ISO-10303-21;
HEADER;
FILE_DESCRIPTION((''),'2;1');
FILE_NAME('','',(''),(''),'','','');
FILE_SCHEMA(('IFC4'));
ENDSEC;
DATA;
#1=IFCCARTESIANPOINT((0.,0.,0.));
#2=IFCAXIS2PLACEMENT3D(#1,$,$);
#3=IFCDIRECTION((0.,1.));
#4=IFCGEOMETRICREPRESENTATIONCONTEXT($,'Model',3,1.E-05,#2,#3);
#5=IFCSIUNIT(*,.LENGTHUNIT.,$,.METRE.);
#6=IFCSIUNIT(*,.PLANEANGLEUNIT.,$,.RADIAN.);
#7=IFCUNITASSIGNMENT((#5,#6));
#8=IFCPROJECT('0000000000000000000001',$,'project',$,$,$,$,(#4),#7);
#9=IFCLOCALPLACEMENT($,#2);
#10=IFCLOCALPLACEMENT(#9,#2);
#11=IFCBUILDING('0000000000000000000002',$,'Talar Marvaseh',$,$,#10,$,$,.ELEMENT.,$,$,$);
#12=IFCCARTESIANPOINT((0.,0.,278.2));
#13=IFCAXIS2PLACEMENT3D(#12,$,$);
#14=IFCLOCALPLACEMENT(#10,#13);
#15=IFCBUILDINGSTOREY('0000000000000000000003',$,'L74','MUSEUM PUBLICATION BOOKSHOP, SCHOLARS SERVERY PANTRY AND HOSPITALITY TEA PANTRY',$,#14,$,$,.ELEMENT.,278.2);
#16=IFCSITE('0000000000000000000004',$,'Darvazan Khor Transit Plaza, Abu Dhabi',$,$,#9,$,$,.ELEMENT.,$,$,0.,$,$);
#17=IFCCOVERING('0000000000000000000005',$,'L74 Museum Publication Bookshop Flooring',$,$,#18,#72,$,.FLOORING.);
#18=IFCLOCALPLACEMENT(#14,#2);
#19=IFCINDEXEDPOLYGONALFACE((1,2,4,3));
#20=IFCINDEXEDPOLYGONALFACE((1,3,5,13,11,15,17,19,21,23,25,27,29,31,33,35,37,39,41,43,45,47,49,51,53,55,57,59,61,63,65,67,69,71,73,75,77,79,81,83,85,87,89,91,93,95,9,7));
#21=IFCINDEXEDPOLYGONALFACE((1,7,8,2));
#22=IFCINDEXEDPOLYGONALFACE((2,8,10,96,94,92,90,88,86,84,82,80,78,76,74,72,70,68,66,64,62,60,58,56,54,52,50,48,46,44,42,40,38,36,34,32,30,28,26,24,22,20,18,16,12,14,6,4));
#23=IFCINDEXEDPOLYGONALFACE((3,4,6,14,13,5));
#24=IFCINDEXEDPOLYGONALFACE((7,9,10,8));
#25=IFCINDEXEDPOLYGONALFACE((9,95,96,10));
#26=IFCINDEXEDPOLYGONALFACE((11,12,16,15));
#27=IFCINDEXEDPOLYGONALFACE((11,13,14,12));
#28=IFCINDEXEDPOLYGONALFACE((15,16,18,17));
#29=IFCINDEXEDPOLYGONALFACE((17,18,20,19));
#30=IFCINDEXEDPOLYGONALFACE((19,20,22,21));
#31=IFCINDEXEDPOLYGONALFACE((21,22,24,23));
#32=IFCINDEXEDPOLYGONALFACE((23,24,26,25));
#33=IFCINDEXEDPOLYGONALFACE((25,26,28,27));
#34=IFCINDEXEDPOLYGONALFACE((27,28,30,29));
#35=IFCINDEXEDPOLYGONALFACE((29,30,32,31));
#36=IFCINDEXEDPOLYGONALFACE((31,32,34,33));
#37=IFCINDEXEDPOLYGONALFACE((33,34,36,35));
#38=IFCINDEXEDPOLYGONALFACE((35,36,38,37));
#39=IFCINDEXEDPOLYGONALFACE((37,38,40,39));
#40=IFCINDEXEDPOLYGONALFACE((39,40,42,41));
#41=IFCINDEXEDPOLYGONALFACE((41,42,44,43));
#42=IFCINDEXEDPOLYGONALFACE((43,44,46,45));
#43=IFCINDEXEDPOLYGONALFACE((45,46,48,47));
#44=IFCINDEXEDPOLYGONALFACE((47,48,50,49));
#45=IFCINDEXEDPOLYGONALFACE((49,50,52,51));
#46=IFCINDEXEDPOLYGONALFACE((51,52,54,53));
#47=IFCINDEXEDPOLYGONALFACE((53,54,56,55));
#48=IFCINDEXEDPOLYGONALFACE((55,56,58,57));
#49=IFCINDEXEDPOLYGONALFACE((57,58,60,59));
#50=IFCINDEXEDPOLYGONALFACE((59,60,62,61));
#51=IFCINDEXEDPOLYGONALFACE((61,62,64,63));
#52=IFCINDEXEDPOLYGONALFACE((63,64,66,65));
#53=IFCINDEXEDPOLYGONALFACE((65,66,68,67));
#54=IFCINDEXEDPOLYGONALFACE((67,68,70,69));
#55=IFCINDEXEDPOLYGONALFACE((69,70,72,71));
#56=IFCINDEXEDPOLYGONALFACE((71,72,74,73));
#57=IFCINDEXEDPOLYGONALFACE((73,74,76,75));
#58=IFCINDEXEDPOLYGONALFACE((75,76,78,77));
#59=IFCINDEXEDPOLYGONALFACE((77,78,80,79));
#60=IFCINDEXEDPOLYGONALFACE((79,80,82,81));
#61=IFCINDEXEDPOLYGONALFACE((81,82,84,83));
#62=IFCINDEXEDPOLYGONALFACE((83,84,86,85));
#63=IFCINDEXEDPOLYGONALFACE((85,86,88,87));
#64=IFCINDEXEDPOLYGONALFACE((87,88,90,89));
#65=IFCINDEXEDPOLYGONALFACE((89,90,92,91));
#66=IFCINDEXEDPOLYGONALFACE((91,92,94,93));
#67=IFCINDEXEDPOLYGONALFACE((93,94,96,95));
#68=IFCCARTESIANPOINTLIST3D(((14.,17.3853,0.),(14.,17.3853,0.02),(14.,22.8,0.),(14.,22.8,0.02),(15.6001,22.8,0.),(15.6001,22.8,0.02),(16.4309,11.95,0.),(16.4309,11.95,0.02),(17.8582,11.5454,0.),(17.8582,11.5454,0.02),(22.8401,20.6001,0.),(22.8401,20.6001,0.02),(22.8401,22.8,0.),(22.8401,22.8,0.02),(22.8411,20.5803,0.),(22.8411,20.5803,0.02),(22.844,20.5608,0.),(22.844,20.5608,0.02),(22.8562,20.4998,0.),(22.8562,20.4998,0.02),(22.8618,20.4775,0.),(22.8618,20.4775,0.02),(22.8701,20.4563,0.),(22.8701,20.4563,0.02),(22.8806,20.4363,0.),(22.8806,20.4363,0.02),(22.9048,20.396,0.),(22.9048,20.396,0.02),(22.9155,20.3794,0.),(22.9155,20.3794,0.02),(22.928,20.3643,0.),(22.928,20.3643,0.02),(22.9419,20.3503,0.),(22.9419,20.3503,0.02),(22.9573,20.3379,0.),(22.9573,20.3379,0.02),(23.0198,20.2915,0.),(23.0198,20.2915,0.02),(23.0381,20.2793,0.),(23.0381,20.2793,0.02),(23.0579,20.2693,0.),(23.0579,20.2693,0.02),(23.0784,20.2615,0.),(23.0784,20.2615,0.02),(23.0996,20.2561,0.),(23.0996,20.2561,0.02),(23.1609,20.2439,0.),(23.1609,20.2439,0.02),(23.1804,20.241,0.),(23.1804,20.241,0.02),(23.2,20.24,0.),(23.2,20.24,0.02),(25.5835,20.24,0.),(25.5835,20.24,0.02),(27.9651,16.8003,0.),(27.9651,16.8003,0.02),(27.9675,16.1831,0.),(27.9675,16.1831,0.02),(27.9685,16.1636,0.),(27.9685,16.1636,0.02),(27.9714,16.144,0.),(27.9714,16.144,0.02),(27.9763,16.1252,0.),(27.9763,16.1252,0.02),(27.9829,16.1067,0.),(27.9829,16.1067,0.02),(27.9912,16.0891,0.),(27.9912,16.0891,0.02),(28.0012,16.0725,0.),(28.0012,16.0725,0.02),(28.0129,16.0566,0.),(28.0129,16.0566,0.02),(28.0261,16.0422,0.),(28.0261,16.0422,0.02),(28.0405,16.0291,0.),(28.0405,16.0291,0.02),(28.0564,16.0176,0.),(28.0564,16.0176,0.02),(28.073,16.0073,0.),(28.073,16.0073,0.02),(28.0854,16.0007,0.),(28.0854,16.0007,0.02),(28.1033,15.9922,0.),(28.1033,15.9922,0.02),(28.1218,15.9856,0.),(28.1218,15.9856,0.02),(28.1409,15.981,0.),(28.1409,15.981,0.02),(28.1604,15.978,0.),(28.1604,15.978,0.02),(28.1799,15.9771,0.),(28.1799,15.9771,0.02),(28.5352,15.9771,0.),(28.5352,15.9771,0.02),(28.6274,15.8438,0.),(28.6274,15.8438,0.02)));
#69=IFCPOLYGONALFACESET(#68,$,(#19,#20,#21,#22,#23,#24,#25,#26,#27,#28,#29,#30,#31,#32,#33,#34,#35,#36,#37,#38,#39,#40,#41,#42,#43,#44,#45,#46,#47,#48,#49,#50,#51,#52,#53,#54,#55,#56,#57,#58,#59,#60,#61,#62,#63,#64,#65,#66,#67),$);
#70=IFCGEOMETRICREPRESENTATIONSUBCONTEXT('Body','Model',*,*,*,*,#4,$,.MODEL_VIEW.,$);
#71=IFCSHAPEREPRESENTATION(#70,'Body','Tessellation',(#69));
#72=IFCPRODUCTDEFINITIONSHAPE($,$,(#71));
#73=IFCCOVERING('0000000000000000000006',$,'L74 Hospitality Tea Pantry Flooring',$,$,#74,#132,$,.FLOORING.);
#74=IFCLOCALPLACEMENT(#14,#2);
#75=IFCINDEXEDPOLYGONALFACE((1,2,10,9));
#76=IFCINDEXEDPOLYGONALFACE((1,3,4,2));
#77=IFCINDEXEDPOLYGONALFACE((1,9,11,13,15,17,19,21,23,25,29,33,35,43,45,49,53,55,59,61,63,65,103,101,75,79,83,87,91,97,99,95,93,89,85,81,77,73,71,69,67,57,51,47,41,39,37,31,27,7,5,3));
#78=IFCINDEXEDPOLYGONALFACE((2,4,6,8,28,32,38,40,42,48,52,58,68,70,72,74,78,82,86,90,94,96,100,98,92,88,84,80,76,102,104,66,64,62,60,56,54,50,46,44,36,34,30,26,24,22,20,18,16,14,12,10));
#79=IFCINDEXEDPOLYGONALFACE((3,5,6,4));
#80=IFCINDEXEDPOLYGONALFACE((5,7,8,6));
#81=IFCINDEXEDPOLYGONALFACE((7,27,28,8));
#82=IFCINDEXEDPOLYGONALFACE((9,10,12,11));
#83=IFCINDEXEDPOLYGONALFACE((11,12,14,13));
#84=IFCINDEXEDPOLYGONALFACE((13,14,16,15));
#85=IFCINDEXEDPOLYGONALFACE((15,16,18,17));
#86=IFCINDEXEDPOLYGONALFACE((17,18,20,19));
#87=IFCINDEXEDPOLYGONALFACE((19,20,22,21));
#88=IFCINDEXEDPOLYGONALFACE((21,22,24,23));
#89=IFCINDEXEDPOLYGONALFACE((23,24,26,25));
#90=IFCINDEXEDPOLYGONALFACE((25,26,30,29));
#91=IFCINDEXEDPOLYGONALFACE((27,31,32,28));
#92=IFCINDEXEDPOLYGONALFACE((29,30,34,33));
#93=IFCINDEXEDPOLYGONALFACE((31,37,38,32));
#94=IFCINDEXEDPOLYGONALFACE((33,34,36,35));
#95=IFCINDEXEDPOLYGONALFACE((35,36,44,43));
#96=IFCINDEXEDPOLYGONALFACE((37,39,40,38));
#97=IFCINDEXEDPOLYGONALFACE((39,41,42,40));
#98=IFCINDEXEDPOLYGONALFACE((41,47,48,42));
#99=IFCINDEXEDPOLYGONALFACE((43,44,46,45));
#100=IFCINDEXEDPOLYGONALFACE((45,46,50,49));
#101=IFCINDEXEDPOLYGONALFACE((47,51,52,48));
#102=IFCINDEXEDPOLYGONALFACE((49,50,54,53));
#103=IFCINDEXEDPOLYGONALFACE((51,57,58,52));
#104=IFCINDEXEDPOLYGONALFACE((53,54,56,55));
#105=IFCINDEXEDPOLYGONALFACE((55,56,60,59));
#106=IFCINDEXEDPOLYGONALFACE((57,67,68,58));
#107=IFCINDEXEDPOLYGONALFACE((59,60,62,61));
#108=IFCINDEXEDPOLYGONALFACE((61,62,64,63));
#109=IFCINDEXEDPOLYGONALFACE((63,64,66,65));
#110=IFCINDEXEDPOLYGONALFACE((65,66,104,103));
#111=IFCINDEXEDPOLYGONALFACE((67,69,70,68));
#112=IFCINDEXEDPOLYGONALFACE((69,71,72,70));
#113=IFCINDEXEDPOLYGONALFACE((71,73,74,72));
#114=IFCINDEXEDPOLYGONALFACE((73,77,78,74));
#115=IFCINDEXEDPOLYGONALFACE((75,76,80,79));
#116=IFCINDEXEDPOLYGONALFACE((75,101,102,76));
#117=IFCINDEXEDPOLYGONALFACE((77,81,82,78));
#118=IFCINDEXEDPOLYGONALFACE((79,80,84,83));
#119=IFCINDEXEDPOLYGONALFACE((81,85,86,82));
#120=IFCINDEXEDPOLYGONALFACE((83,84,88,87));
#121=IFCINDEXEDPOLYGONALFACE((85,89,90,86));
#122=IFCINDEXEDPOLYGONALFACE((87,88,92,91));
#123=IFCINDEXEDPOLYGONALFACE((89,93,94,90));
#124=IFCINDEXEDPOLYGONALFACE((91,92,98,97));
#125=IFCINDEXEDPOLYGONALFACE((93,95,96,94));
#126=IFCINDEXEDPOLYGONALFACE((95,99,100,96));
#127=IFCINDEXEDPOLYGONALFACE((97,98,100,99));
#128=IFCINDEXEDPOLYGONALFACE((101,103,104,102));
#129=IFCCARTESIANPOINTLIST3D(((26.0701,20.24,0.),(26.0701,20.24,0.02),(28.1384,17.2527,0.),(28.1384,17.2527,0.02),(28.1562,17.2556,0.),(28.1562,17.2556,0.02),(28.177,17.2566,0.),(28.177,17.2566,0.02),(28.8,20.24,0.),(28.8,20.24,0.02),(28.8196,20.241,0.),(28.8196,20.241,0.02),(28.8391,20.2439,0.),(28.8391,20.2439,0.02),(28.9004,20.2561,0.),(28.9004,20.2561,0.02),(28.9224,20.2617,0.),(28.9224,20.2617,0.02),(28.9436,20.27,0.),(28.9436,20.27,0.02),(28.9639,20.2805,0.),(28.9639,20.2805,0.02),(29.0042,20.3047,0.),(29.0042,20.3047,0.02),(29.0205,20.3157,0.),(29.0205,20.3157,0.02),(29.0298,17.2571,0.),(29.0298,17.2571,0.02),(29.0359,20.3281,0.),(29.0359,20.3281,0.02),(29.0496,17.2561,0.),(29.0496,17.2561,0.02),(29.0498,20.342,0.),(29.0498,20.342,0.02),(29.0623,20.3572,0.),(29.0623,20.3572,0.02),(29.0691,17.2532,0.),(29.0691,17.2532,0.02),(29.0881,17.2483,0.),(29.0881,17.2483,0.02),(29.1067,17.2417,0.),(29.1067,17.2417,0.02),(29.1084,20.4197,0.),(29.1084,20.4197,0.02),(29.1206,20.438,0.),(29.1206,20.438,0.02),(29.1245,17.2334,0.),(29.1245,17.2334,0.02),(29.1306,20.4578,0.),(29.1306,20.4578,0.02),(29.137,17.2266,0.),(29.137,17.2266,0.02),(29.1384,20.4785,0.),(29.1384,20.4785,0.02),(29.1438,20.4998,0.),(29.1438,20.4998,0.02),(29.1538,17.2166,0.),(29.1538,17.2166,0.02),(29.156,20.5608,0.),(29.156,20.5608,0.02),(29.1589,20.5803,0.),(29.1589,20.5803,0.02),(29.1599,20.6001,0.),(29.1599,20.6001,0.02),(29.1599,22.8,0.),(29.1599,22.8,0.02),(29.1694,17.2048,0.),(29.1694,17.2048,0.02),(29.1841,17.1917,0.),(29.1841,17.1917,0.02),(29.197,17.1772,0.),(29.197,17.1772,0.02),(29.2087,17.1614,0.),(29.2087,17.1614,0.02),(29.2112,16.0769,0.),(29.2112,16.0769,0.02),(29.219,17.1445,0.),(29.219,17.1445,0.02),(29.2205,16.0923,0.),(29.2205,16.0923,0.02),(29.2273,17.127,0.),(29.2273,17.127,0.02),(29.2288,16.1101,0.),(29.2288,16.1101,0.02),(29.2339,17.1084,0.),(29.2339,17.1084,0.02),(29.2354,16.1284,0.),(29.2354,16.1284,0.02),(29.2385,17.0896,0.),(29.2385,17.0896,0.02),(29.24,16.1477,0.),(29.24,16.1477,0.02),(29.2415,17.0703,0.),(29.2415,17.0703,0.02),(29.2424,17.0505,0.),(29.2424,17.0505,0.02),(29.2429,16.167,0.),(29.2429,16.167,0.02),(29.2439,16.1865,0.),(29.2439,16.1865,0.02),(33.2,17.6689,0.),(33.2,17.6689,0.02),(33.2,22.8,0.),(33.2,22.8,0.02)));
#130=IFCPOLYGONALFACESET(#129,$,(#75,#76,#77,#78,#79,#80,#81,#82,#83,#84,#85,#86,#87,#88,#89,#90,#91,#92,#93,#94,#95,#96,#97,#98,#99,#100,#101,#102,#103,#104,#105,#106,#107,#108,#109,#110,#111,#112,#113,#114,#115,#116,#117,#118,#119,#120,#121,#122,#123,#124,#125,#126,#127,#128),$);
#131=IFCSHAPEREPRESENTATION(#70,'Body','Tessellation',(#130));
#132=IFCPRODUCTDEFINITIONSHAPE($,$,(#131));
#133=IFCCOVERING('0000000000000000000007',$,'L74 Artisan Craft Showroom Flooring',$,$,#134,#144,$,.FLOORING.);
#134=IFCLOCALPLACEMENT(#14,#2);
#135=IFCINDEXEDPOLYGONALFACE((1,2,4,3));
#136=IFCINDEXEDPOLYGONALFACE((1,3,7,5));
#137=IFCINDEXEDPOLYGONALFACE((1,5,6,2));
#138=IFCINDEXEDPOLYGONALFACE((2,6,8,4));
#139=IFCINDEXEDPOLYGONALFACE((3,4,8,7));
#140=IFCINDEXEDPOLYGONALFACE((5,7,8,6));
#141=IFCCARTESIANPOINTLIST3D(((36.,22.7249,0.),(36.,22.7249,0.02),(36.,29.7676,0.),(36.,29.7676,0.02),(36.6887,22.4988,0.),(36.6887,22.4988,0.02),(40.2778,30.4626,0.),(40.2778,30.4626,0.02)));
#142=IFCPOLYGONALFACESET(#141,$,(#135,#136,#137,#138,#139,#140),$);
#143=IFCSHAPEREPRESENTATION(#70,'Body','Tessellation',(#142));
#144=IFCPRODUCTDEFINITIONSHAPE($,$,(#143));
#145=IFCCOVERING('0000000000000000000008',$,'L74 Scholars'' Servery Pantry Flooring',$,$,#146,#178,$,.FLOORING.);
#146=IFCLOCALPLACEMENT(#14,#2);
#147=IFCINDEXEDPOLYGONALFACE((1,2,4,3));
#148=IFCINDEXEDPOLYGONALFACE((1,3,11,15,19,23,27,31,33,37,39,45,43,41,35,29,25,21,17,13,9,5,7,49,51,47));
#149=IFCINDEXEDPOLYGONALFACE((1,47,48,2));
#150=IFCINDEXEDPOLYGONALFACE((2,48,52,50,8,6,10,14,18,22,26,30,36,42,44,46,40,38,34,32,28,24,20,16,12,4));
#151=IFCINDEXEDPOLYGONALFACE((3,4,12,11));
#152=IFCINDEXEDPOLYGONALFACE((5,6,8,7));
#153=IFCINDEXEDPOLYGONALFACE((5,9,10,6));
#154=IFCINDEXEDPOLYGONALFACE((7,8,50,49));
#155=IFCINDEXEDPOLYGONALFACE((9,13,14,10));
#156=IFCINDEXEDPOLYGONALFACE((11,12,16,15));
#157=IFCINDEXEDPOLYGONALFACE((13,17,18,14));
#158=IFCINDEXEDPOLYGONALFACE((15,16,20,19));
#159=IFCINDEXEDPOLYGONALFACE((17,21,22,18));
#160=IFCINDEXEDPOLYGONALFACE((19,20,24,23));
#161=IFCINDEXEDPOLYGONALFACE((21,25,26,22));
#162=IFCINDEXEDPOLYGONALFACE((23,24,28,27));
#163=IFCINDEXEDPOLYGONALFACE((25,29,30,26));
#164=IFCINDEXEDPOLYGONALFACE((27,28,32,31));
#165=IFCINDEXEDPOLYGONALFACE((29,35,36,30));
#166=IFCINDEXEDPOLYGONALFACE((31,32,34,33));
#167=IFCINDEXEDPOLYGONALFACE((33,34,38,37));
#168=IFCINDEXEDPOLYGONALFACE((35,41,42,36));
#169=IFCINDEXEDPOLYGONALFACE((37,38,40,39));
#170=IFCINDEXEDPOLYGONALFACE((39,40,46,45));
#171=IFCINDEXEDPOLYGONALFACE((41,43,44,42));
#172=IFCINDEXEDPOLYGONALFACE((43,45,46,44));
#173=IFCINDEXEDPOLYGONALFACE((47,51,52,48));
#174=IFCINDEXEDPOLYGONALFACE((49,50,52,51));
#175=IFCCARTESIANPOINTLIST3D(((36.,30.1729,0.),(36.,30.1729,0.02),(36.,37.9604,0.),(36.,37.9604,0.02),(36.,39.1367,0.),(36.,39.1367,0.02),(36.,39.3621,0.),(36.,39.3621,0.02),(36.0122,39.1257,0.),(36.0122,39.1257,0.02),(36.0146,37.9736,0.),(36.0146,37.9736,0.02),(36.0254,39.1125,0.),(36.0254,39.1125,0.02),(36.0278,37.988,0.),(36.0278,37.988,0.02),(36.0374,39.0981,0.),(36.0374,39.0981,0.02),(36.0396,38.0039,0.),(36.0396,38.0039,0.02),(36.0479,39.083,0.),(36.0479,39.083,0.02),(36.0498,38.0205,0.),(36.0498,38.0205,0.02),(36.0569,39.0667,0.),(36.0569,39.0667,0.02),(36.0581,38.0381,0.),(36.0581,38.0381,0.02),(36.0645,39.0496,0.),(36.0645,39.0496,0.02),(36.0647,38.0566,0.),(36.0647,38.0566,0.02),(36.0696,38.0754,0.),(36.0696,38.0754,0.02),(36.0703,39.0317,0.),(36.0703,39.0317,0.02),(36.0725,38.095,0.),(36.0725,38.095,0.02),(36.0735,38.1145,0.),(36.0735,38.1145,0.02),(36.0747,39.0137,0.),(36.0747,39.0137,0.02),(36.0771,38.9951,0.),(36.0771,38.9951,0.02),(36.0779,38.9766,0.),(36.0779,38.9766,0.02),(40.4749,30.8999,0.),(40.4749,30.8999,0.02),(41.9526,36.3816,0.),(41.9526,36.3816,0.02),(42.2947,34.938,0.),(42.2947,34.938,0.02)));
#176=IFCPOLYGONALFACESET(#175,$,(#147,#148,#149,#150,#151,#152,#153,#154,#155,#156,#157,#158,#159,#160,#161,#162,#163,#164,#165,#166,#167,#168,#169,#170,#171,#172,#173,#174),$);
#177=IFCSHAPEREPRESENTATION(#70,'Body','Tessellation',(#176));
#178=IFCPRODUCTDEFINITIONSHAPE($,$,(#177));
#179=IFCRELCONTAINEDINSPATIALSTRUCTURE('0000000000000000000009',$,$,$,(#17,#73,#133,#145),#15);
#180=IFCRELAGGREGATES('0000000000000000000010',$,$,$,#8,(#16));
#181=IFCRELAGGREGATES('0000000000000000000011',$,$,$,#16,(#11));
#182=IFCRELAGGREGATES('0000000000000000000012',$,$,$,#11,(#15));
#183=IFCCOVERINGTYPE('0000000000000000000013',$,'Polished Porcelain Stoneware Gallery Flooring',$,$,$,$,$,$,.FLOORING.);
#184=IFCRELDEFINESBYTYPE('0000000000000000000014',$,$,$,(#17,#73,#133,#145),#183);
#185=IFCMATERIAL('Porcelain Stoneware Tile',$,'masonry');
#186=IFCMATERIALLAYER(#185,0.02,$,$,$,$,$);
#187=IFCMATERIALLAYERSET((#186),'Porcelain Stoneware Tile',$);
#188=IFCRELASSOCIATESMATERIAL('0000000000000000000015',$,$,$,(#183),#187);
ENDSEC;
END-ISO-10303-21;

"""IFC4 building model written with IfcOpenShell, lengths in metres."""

from ifc_helpers import new_model, si_unit, direction, frame, origin, place, context, subcontext, project, spatial, polyline, outline, extrude, material, layer, layer_set, type_object, element, save


model = new_model("IFC4")

# Units and contexts
model_context = context("Model", 3, precision=1e-05, world=origin(), true_north=direction((0.0, 1.0)))
body_context = subcontext(model_context, "Body", "Model", "MODEL_VIEW")
ifc_project = project(units=[si_unit("LENGTHUNIT", "METRE"), si_unit("PLANEANGLEUNIT", "RADIAN")], contexts=[model_context])

# Site, building, storey
site_placement = place(None, origin())
site = spatial("IfcSite", under=ifc_project, at=site_placement, Name="Darvazan Khor Transit Plaza, Abu Dhabi", CompositionType="ELEMENT", RefElevation=0.0)
building_placement = place(site_placement, origin())
building = spatial("IfcBuilding", under=site, at=building_placement, Name="Talar Marvaseh", CompositionType="ELEMENT")
storey_placement = place(building_placement, frame((0.0, 0.0, 278.2)))
storey = spatial("IfcBuildingStorey", under=building, at=storey_placement, Name="L74", Description="MUSEUM PUBLICATION BOOKSHOP, SCHOLARS SERVERY PANTRY AND HOSPITALITY TEA PANTRY", CompositionType="ELEMENT", Elevation=278.2)

# Coverings
ifc_material_1 = material(Name="Porcelain Stoneware Tile", Category="masonry")
ifc_layer_1 = layer(ifc_material_1, 0.02)
ifc_layer_set_1 = layer_set([ifc_layer_1], Name="Porcelain Stoneware Tile")
covering_type_1 = type_object("IfcCoveringType", Name="Polished Porcelain Stoneware Gallery Flooring", PredefinedType="FLOORING", material=ifc_layer_set_1)
covering_1_placement = place(storey_placement, origin())
element("IfcCovering", 1, at=covering_1_placement, inside=storey, type_object=covering_type_1, Name="L74 Museum Publication Bookshop Flooring", PredefinedType="FLOORING", context=body_context, shape_type="SweptSolid", body=[
    extrude(outline(polyline([(22.8401, 20.6001), (22.8411, 20.5803), (22.844, 20.5608), (22.8562, 20.4998), (22.8618, 20.4775), (22.8701, 20.4563), (22.8806, 20.4363), (22.9048, 20.396), (22.9155, 20.3794), (22.928, 20.3643), (22.9419, 20.3503), (22.9573, 20.3379), (23.0198, 20.2915), (23.0381, 20.2793), (23.0579, 20.2693), (23.0784, 20.2615), (23.0996, 20.2561), (23.1609, 20.2439), (23.1804, 20.241), (23.2, 20.24), (25.5835, 20.24), (27.9651, 16.8003), (27.9675, 16.1831), (27.9685, 16.1636), (27.9714, 16.144), (27.9763, 16.1252), (27.9829, 16.1067), (27.9912, 16.0891), (28.0012, 16.0725), (28.0129, 16.0566), (28.0261, 16.0422), (28.0405, 16.0291), (28.0564, 16.0176), (28.073, 16.0073), (28.0854, 16.0007), (28.1033, 15.9922), (28.1218, 15.9856), (28.1409, 15.981), (28.1604, 15.978), (28.1799, 15.9771), (28.5352, 15.9771), (28.6274, 15.8438), (17.8582, 11.5454), (16.4309, 11.95), (14.0, 17.3853), (14.0, 22.8), (15.6001, 22.8), (22.8401, 22.8), (22.8401, 20.6001)])), origin(), (0.0, 0.0, 1.0), 0.02),
])
covering_2_placement = place(storey_placement, origin())
element("IfcCovering", 2, at=covering_2_placement, inside=storey, type_object=covering_type_1, Name="L74 Hospitality Tea Pantry Flooring", PredefinedType="FLOORING", context=body_context, shape_type="SweptSolid", body=[
    extrude(outline(polyline([(28.8, 20.24), (28.8196, 20.241), (28.8391, 20.2439), (28.9004, 20.2561), (28.9224, 20.2617), (28.9436, 20.27), (28.9639, 20.2805), (29.0042, 20.3047), (29.0205, 20.3157), (29.0359, 20.3281), (29.0498, 20.342), (29.0623, 20.3572), (29.1084, 20.4197), (29.1206, 20.438), (29.1306, 20.4578), (29.1384, 20.4785), (29.1438, 20.4998), (29.156, 20.5608), (29.1589, 20.5803), (29.1599, 20.6001), (29.1599, 22.8), (33.2, 22.8), (33.2, 17.6689), (29.2112, 16.0769), (29.2205, 16.0923), (29.2288, 16.1101), (29.2354, 16.1284), (29.24, 16.1477), (29.2429, 16.167), (29.2439, 16.1865), (29.2424, 17.0505), (29.2415, 17.0703), (29.2385, 17.0896), (29.2339, 17.1084), (29.2273, 17.127), (29.219, 17.1445), (29.2087, 17.1614), (29.197, 17.1772), (29.1841, 17.1917), (29.1694, 17.2048), (29.1538, 17.2166), (29.137, 17.2266), (29.1245, 17.2334), (29.1067, 17.2417), (29.0881, 17.2483), (29.0691, 17.2532), (29.0496, 17.2561), (29.0298, 17.2571), (28.177, 17.2566), (28.1562, 17.2556), (28.1384, 17.2527), (26.0701, 20.24), (28.8, 20.24)])), origin(), (0.0, 0.0, 1.0), 0.02),
])
covering_3_placement = place(storey_placement, origin())
element("IfcCovering", 3, at=covering_3_placement, inside=storey, type_object=covering_type_1, Name="L74 Artisan Craft Showroom Flooring", PredefinedType="FLOORING", context=body_context, shape_type="SweptSolid", body=[
    extrude(outline(polyline([(36.6887, 22.4988), (36.0, 22.7249), (36.0, 29.7676), (40.2778, 30.4626), (36.6887, 22.4988)])), origin(), (0.0, 0.0, 1.0), 0.02),
])
covering_4_placement = place(storey_placement, origin())
element("IfcCovering", 4, at=covering_4_placement, inside=storey, type_object=covering_type_1, Name="L74 Scholars' Servery Pantry Flooring", PredefinedType="FLOORING", context=body_context, shape_type="SweptSolid", body=[
    extrude(outline(polyline([(42.2947, 34.938), (40.4749, 30.8999), (36.0, 30.1729), (36.0, 37.9604), (36.0, 37.9604), (36.0146, 37.9736), (36.0278, 37.988), (36.0396, 38.0039), (36.0498, 38.0205), (36.0581, 38.0381), (36.0647, 38.0566), (36.0696, 38.0754), (36.0725, 38.095), (36.0735, 38.1145), (36.0779, 38.9766), (36.0771, 38.9951), (36.0747, 39.0137), (36.0703, 39.0317), (36.0645, 39.0496), (36.0569, 39.0667), (36.0479, 39.083), (36.0374, 39.0981), (36.0254, 39.1125), (36.0122, 39.1257), (36.0, 39.1367), (36.0, 39.3621), (41.9526, 36.3816), (42.2947, 34.938)])), origin(), (0.0, 0.0, 1.0), 0.02),
])

save(model, "model.ifc")
